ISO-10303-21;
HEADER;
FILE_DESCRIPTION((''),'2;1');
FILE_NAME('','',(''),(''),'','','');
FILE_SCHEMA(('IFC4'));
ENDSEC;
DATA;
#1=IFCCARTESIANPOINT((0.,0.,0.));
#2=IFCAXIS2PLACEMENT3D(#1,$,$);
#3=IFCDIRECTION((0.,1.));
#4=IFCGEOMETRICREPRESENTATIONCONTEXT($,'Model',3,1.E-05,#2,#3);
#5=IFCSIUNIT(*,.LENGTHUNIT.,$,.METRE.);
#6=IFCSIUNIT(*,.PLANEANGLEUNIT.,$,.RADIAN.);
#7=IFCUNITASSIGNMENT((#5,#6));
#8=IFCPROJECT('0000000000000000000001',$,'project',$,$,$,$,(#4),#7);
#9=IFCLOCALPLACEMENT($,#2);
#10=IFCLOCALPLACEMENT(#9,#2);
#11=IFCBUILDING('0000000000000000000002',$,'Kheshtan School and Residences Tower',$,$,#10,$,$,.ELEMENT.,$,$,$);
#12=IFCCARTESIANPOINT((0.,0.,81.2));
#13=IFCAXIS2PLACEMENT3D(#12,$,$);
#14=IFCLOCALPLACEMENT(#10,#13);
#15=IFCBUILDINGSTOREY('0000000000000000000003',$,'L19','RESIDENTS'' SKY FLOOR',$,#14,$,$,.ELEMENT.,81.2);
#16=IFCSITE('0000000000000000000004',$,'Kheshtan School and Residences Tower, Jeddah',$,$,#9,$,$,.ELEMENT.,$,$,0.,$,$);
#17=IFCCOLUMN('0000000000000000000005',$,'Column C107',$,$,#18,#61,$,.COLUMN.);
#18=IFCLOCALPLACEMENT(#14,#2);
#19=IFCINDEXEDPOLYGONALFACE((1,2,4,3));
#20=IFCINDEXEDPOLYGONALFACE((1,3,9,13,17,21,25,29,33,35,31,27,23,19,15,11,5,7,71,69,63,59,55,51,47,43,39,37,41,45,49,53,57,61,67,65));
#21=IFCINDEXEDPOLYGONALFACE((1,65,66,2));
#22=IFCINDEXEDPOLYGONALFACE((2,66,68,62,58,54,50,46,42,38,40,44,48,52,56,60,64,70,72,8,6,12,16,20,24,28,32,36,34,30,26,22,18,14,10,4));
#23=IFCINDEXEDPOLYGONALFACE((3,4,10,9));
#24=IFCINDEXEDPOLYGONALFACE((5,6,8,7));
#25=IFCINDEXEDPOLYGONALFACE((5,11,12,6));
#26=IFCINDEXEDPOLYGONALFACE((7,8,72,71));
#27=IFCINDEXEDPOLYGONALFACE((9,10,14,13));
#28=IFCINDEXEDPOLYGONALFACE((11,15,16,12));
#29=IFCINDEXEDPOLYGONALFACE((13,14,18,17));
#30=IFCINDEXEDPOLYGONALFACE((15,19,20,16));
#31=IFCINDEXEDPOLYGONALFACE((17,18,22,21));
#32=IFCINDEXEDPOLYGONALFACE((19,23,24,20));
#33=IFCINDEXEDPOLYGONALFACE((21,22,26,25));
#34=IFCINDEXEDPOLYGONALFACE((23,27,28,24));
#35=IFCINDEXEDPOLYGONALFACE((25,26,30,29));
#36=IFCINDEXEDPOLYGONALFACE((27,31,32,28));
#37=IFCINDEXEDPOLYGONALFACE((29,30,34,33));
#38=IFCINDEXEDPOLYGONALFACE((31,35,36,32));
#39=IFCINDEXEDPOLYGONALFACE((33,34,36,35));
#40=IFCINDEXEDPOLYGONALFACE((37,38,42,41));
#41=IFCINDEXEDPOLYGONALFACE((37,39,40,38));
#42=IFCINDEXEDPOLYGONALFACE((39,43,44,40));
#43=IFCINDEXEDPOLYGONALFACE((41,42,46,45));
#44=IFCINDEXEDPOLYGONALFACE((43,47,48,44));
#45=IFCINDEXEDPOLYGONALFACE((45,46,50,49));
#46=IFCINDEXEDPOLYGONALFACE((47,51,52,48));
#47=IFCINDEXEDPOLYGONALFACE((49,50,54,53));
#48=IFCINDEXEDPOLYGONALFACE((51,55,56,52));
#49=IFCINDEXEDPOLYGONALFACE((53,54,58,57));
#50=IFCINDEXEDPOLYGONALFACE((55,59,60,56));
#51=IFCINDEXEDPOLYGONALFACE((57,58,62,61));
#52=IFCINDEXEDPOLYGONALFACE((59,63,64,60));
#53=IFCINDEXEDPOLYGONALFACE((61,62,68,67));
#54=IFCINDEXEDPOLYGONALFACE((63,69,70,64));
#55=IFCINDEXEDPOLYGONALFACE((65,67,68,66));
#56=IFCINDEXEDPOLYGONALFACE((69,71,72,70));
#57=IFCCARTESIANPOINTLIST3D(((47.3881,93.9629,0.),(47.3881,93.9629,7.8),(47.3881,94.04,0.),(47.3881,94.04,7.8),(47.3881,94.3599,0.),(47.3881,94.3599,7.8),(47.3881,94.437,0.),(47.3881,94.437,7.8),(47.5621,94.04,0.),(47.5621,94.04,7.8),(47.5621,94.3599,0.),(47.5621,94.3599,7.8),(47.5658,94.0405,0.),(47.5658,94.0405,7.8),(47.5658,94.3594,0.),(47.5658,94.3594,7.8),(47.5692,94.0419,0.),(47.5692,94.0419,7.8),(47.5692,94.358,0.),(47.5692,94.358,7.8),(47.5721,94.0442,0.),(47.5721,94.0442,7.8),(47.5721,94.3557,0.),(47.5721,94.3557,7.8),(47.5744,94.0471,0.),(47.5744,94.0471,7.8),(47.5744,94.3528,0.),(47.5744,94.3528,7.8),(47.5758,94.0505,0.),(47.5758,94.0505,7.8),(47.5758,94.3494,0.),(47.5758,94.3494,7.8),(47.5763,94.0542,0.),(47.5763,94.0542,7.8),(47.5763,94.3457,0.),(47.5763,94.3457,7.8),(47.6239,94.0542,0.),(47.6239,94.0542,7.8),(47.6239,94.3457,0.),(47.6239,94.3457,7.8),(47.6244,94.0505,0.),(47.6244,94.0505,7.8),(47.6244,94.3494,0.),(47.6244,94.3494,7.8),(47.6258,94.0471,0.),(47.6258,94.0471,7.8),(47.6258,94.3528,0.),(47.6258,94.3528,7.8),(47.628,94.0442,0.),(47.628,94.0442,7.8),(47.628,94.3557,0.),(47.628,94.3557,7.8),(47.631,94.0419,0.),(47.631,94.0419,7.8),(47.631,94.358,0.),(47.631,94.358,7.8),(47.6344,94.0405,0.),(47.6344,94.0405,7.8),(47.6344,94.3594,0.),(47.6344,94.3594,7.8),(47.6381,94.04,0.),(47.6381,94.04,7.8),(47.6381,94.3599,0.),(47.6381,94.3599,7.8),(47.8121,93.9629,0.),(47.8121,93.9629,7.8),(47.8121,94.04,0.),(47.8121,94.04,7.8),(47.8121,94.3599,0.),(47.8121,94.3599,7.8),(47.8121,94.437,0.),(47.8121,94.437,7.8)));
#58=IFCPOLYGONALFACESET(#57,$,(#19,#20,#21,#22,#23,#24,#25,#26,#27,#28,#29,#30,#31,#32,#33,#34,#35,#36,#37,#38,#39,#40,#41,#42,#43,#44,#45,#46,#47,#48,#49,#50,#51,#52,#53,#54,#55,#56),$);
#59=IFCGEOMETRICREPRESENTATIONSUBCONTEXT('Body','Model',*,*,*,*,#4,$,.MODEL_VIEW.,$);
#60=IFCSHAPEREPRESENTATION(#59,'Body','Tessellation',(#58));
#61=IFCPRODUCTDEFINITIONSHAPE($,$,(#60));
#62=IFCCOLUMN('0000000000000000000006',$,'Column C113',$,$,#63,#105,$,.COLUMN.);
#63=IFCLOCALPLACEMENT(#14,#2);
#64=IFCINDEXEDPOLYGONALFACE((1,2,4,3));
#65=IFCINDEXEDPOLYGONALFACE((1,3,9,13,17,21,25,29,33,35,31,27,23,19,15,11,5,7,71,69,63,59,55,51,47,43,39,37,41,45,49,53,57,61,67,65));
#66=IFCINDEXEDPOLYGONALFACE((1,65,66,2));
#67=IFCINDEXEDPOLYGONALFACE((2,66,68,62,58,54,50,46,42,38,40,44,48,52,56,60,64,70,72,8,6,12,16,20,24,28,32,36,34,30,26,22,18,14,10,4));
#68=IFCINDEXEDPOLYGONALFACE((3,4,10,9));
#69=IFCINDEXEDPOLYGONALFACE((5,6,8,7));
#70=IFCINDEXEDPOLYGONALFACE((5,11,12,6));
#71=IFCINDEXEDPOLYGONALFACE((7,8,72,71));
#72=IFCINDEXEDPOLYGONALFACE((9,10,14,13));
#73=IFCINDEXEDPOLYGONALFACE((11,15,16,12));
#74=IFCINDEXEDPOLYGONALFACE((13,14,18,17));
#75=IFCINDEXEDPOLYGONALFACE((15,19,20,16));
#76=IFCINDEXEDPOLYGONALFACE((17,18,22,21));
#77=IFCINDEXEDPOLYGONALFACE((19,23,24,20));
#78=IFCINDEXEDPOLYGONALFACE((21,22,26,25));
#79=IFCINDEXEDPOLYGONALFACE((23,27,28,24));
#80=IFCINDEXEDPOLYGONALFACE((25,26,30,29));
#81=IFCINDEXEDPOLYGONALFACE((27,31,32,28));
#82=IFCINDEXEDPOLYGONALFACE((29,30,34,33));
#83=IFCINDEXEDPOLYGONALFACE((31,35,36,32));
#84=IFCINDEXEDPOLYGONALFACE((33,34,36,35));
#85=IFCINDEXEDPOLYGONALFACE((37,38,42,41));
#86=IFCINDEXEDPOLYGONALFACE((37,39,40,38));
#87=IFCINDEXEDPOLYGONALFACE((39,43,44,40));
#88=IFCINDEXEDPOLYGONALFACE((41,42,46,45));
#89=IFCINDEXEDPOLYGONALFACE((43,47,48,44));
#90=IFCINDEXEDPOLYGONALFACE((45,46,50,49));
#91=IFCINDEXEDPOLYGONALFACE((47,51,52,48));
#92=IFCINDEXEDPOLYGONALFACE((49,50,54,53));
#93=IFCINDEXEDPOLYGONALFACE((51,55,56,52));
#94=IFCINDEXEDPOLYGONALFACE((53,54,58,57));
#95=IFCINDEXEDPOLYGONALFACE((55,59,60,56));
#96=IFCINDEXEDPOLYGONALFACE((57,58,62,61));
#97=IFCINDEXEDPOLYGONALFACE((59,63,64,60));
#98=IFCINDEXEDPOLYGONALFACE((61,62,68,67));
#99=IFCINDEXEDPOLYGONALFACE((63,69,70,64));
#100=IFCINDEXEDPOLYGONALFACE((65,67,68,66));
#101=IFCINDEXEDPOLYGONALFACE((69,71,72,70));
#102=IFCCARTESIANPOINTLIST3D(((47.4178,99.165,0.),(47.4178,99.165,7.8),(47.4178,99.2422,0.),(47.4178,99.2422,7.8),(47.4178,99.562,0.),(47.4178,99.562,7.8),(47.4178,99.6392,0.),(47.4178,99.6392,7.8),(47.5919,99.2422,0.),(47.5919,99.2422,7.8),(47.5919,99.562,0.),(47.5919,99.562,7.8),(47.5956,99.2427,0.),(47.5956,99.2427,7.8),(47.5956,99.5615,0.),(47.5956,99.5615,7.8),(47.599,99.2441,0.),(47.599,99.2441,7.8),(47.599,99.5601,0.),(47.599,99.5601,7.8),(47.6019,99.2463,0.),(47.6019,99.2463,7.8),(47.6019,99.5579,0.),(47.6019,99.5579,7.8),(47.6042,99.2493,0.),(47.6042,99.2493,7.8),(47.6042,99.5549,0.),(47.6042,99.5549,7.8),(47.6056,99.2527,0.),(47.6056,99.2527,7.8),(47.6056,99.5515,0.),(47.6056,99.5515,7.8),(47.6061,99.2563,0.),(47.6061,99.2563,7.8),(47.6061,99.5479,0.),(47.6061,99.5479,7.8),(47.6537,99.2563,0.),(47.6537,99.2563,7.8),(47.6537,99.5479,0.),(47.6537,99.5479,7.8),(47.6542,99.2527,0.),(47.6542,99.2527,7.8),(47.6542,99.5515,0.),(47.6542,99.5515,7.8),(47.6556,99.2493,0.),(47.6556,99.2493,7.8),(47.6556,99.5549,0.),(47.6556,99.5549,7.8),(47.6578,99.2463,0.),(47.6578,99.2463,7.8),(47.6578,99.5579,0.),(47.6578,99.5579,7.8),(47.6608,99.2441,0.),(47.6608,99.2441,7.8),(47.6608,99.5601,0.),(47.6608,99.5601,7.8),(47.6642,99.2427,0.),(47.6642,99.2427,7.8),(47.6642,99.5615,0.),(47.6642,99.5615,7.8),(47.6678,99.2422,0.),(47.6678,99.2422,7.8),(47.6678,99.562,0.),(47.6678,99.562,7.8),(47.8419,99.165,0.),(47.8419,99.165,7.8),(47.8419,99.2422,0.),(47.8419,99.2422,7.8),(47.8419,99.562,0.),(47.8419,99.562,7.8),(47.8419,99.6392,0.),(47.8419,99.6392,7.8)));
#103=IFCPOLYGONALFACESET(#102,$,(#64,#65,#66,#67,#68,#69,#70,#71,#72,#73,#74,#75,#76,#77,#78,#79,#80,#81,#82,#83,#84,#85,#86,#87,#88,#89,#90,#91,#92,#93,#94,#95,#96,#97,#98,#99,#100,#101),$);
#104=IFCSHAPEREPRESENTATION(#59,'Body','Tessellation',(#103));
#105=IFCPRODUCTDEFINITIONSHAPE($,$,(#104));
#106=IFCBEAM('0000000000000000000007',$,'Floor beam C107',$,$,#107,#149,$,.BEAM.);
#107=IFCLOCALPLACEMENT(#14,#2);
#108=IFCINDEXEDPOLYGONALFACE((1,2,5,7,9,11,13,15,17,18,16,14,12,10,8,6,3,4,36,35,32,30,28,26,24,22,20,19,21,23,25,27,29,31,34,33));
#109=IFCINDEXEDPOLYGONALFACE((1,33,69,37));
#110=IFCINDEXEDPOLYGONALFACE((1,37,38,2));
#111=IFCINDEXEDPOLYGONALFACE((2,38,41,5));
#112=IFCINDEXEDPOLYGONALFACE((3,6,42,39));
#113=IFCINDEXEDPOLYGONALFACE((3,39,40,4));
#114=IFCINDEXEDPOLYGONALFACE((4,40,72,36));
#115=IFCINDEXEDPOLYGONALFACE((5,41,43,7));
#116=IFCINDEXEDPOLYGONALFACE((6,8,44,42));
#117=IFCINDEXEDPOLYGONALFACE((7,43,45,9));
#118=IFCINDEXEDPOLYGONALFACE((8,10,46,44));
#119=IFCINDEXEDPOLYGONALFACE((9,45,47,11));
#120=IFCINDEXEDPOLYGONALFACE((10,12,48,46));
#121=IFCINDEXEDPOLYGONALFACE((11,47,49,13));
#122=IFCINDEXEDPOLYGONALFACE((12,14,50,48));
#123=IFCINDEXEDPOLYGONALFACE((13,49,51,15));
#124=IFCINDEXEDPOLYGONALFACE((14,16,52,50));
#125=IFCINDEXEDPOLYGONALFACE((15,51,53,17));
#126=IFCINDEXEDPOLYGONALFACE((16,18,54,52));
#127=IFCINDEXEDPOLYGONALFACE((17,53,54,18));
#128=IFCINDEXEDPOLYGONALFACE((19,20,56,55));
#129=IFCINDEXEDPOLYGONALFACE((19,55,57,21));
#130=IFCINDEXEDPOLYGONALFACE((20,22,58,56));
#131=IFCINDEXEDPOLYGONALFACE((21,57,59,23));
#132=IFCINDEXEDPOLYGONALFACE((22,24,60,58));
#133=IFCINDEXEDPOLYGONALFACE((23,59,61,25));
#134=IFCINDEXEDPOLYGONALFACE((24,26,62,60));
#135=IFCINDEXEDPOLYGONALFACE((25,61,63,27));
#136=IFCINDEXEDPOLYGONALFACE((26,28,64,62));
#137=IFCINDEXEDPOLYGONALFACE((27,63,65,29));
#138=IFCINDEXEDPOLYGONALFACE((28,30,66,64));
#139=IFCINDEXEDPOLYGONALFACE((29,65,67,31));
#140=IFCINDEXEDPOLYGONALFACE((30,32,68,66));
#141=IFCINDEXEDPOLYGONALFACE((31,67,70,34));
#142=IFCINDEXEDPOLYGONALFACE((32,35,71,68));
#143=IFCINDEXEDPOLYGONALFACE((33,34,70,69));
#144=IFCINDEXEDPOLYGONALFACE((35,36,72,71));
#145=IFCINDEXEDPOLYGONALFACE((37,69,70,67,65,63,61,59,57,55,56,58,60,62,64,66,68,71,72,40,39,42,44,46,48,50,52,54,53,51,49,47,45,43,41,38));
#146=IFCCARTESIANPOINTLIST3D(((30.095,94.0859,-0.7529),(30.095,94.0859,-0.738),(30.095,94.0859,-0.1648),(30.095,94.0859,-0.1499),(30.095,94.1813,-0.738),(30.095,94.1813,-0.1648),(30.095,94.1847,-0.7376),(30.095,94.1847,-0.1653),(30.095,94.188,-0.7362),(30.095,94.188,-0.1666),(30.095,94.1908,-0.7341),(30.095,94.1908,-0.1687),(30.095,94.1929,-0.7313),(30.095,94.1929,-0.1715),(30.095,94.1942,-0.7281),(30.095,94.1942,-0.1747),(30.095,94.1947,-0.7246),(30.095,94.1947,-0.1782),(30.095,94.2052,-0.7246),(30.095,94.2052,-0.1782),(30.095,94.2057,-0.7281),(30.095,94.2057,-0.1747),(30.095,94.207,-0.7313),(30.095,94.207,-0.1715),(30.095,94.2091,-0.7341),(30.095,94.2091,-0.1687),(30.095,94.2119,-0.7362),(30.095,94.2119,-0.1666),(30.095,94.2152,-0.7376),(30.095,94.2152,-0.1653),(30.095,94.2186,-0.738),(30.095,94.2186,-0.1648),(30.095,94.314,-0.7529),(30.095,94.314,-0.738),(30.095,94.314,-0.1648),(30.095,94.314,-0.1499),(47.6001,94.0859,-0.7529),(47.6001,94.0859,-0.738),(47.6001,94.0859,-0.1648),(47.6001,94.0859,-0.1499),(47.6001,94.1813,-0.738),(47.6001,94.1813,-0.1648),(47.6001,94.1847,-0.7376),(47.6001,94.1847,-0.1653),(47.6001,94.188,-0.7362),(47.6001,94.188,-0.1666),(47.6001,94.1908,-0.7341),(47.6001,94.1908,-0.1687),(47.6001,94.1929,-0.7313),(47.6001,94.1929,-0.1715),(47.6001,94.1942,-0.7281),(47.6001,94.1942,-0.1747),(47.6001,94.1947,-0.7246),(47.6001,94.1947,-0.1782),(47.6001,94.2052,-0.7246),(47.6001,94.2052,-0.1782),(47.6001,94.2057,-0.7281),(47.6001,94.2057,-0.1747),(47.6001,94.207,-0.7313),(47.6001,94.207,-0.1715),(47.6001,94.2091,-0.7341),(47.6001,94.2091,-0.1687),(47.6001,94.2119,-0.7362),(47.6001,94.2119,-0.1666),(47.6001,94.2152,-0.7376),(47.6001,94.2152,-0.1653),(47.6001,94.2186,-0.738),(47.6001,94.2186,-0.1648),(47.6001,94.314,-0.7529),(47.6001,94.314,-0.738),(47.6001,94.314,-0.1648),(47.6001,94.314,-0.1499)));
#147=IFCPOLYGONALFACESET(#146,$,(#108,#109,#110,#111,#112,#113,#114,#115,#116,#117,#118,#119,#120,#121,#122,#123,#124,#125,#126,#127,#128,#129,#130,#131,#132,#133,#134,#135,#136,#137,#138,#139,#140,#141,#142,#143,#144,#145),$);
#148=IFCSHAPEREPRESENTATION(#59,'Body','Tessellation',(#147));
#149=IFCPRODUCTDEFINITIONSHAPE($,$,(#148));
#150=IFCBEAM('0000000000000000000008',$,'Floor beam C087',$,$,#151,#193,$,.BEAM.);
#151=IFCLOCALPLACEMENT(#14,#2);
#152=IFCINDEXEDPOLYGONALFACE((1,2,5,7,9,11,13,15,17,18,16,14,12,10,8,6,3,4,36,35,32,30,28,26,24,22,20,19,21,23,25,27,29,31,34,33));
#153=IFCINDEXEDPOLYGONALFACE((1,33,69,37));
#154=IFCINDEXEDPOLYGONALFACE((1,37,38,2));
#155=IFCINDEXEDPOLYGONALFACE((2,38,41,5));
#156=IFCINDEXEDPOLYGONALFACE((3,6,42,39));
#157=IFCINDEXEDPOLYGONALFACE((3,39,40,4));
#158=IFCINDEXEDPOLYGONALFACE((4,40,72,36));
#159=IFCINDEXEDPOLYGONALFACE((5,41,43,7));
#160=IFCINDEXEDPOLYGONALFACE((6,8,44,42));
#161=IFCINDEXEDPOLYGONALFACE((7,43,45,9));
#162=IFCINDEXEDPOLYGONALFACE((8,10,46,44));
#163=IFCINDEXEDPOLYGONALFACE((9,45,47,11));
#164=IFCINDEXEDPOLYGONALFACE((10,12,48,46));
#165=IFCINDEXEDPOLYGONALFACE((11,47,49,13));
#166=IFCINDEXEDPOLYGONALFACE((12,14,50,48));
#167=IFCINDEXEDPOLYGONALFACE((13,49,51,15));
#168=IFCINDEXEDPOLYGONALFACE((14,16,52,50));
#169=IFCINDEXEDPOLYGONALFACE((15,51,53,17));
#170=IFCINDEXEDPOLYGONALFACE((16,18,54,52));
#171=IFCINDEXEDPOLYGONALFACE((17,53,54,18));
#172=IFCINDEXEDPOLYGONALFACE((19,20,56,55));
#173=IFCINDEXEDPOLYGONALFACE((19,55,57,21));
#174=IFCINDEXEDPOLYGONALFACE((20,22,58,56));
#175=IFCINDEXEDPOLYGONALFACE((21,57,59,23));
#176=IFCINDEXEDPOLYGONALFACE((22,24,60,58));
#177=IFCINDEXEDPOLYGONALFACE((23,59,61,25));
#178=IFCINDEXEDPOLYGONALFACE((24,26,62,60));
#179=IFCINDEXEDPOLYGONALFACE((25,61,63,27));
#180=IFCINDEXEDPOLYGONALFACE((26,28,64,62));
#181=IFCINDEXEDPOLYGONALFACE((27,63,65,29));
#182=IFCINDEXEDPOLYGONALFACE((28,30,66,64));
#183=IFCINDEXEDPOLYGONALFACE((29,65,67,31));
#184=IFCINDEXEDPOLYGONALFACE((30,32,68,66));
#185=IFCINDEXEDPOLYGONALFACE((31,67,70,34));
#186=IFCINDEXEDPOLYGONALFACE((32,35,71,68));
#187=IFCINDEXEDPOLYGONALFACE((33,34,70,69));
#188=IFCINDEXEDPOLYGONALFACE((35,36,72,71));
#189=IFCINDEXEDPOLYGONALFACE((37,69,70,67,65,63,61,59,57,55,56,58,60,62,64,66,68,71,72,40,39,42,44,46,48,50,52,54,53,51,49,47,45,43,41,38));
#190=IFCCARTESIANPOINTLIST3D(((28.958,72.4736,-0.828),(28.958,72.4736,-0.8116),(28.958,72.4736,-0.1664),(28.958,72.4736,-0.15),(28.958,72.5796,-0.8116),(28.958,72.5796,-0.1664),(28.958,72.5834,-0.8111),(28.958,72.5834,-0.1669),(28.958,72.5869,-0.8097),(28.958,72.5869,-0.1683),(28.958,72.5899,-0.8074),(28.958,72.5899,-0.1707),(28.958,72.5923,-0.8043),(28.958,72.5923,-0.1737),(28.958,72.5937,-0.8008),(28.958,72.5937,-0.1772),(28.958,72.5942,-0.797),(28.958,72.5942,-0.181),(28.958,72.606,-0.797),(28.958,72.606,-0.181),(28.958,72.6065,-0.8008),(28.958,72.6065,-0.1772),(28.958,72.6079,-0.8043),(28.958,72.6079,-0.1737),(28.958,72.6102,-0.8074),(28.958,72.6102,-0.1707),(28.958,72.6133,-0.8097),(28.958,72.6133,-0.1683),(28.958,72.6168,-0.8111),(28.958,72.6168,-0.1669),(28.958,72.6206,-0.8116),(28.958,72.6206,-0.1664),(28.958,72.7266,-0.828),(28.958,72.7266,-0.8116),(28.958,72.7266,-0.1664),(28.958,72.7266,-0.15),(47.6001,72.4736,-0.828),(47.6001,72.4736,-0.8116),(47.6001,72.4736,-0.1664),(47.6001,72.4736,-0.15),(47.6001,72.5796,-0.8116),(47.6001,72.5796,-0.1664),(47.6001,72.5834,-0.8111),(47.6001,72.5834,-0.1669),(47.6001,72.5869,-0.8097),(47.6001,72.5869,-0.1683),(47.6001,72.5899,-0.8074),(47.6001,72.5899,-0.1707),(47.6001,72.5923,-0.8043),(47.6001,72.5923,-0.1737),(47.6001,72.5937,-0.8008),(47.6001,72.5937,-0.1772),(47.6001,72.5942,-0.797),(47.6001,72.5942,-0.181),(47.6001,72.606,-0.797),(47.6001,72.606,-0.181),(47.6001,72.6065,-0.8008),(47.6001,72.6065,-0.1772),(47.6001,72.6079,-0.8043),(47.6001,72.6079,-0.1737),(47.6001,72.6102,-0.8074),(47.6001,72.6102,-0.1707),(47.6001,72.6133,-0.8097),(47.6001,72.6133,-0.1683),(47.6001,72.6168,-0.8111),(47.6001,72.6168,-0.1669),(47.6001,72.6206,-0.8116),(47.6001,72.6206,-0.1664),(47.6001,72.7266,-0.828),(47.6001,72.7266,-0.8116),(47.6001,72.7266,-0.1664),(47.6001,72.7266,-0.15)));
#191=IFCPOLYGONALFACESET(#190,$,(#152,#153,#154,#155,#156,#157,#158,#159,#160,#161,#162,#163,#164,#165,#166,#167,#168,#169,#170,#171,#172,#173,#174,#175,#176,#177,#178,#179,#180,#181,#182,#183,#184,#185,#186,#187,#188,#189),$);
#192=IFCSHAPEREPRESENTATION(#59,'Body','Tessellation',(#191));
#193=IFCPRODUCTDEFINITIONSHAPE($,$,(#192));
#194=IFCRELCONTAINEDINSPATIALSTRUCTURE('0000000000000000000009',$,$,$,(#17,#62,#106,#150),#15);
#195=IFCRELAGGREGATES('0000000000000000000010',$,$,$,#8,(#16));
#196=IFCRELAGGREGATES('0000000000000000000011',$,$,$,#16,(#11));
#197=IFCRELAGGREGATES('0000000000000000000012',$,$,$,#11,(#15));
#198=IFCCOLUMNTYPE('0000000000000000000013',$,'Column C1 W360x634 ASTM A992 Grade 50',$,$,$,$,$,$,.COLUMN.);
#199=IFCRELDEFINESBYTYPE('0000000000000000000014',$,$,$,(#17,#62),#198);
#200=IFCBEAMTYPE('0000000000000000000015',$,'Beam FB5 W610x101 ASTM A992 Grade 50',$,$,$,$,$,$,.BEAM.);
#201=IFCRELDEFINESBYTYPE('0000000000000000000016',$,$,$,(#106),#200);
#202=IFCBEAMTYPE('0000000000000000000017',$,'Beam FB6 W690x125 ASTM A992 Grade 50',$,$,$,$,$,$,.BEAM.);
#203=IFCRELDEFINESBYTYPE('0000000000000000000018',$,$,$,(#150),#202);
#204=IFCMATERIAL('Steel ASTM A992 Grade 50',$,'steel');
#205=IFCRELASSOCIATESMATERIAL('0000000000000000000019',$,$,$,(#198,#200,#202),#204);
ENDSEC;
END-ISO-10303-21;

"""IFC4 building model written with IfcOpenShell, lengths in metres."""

from ifc_helpers import new_model, si_unit, direction, frame, origin, origin_2d, place, context, subcontext, project, spatial, i_section, extrude, material, material_profile, profile_set, type_object, element, save


model = new_model("IFC4")

# Units and contexts
model_context = context("Model", 3, precision=1e-05, world=origin(), true_north=direction((0.0, 1.0)))
body_context = subcontext(model_context, "Body", "Model", "MODEL_VIEW")
ifc_project = project(units=[si_unit("LENGTHUNIT", "METRE"), si_unit("PLANEANGLEUNIT", "RADIAN")], contexts=[model_context])

# Site, building, storey
site_placement = place(None, origin())
site = spatial("IfcSite", under=ifc_project, at=site_placement, Name="Kheshtan School and Residences Tower, Jeddah", CompositionType="ELEMENT", RefElevation=0.0)
building_placement = place(site_placement, origin())
building = spatial("IfcBuilding", under=site, at=building_placement, Name="Kheshtan School and Residences Tower", CompositionType="ELEMENT")
storey_placement = place(building_placement, frame((0.0, 0.0, 81.2)))
storey = spatial("IfcBuildingStorey", under=building, at=storey_placement, Name="L19", Description="RESIDENTS' SKY FLOOR", CompositionType="ELEMENT", Elevation=81.2)

# Columns
ifc_material_1 = material(Name="Steel ASTM A992 Grade 50", Category="steel")
ifc_material_profile_1 = material_profile(ifc_material_1, i_section(OverallWidth=0.4241, OverallDepth=0.4741, WebThickness=0.0476, FlangeThickness=0.0771, FilletRadius=0.0142, at=origin_2d()), Name="W360x634")
ifc_profile_set_1 = profile_set([ifc_material_profile_1], Name="Steel ASTM A992 Grade 50")
column_type = type_object("IfcColumnType", Name="Column C1 W360x634 ASTM A992 Grade 50", PredefinedType="COLUMN", material=ifc_profile_set_1)
for number, where, z_axis, x_axis, name in (
    (1, (47.6001, 94.2, 0.0), (0.0, 0.0, 1.0), (1.0, 0.0, 0.0), "Column C107"),
    (2, (47.6299, 99.4021, 0.0), (0.0, 0.0, 1.0), (1.0, 0.0, 0.0), "Column C113"),
):
    element("IfcColumn", number, at=place(storey_placement, frame(where, z_axis=z_axis, x_axis=x_axis)), inside=storey, type_object=column_type, Name=name, PredefinedType="COLUMN", context=body_context, shape_type="SweptSolid", body=[
        extrude(i_section(OverallWidth=0.4241, OverallDepth=0.4741, WebThickness=0.0476, FlangeThickness=0.0771, FilletRadius=0.0142, at=origin_2d()), origin(), (0.0, 0.0, 1.0), 7.8),
    ])

# Beams
ifc_material_profile_2 = material_profile(ifc_material_1, i_section(OverallWidth=0.228, OverallDepth=0.603, WebThickness=0.0105, FlangeThickness=0.0149, FilletRadius=0.0134, at=origin_2d()), Name="W610x101")
ifc_profile_set_2 = profile_set([ifc_material_profile_2], Name="Steel ASTM A992 Grade 50")
beam_type_1 = type_object("IfcBeamType", Name="Beam FB5 W610x101 ASTM A992 Grade 50", PredefinedType="BEAM", material=ifc_profile_set_2)
beam_1_placement = place(storey_placement, frame((47.6001, 94.2, -0.4514), z_axis=(-1.0, 0.0, 0.0), x_axis=(0.0, -1.0, 0.0)))
element("IfcBeam", 3, at=beam_1_placement, inside=storey, type_object=beam_type_1, Name="Floor beam C107", PredefinedType="BEAM", context=body_context, shape_type="SweptSolid", body=[
    extrude(i_section(OverallWidth=0.228, OverallDepth=0.603, WebThickness=0.0105, FlangeThickness=0.0149, FilletRadius=0.0134, at=origin_2d()), origin(), (0.0, 0.0, 1.0), 17.5051),
])
ifc_material_profile_3 = material_profile(ifc_material_1, i_section(OverallWidth=0.2529, OverallDepth=0.678, WebThickness=0.0117, FlangeThickness=0.0164, FilletRadius=0.0146, at=origin_2d()), Name="W690x125")
ifc_profile_set_3 = profile_set([ifc_material_profile_3], Name="Steel ASTM A992 Grade 50")
beam_type_2 = type_object("IfcBeamType", Name="Beam FB6 W690x125 ASTM A992 Grade 50", PredefinedType="BEAM", material=ifc_profile_set_3)
beam_2_placement = place(storey_placement, frame((47.6001, 72.6001, -0.489), z_axis=(-1.0, 0.0, 0.0), x_axis=(0.0, -1.0, 0.0)))
element("IfcBeam", 4, at=beam_2_placement, inside=storey, type_object=beam_type_2, Name="Floor beam C087", PredefinedType="BEAM", context=body_context, shape_type="SweptSolid", body=[
    extrude(i_section(OverallWidth=0.2529, OverallDepth=0.678, WebThickness=0.0117, FlangeThickness=0.0164, FilletRadius=0.0146, at=origin_2d()), origin(), (0.0, 0.0, 1.0), 18.6421),
])

save(model, "model.ifc")
